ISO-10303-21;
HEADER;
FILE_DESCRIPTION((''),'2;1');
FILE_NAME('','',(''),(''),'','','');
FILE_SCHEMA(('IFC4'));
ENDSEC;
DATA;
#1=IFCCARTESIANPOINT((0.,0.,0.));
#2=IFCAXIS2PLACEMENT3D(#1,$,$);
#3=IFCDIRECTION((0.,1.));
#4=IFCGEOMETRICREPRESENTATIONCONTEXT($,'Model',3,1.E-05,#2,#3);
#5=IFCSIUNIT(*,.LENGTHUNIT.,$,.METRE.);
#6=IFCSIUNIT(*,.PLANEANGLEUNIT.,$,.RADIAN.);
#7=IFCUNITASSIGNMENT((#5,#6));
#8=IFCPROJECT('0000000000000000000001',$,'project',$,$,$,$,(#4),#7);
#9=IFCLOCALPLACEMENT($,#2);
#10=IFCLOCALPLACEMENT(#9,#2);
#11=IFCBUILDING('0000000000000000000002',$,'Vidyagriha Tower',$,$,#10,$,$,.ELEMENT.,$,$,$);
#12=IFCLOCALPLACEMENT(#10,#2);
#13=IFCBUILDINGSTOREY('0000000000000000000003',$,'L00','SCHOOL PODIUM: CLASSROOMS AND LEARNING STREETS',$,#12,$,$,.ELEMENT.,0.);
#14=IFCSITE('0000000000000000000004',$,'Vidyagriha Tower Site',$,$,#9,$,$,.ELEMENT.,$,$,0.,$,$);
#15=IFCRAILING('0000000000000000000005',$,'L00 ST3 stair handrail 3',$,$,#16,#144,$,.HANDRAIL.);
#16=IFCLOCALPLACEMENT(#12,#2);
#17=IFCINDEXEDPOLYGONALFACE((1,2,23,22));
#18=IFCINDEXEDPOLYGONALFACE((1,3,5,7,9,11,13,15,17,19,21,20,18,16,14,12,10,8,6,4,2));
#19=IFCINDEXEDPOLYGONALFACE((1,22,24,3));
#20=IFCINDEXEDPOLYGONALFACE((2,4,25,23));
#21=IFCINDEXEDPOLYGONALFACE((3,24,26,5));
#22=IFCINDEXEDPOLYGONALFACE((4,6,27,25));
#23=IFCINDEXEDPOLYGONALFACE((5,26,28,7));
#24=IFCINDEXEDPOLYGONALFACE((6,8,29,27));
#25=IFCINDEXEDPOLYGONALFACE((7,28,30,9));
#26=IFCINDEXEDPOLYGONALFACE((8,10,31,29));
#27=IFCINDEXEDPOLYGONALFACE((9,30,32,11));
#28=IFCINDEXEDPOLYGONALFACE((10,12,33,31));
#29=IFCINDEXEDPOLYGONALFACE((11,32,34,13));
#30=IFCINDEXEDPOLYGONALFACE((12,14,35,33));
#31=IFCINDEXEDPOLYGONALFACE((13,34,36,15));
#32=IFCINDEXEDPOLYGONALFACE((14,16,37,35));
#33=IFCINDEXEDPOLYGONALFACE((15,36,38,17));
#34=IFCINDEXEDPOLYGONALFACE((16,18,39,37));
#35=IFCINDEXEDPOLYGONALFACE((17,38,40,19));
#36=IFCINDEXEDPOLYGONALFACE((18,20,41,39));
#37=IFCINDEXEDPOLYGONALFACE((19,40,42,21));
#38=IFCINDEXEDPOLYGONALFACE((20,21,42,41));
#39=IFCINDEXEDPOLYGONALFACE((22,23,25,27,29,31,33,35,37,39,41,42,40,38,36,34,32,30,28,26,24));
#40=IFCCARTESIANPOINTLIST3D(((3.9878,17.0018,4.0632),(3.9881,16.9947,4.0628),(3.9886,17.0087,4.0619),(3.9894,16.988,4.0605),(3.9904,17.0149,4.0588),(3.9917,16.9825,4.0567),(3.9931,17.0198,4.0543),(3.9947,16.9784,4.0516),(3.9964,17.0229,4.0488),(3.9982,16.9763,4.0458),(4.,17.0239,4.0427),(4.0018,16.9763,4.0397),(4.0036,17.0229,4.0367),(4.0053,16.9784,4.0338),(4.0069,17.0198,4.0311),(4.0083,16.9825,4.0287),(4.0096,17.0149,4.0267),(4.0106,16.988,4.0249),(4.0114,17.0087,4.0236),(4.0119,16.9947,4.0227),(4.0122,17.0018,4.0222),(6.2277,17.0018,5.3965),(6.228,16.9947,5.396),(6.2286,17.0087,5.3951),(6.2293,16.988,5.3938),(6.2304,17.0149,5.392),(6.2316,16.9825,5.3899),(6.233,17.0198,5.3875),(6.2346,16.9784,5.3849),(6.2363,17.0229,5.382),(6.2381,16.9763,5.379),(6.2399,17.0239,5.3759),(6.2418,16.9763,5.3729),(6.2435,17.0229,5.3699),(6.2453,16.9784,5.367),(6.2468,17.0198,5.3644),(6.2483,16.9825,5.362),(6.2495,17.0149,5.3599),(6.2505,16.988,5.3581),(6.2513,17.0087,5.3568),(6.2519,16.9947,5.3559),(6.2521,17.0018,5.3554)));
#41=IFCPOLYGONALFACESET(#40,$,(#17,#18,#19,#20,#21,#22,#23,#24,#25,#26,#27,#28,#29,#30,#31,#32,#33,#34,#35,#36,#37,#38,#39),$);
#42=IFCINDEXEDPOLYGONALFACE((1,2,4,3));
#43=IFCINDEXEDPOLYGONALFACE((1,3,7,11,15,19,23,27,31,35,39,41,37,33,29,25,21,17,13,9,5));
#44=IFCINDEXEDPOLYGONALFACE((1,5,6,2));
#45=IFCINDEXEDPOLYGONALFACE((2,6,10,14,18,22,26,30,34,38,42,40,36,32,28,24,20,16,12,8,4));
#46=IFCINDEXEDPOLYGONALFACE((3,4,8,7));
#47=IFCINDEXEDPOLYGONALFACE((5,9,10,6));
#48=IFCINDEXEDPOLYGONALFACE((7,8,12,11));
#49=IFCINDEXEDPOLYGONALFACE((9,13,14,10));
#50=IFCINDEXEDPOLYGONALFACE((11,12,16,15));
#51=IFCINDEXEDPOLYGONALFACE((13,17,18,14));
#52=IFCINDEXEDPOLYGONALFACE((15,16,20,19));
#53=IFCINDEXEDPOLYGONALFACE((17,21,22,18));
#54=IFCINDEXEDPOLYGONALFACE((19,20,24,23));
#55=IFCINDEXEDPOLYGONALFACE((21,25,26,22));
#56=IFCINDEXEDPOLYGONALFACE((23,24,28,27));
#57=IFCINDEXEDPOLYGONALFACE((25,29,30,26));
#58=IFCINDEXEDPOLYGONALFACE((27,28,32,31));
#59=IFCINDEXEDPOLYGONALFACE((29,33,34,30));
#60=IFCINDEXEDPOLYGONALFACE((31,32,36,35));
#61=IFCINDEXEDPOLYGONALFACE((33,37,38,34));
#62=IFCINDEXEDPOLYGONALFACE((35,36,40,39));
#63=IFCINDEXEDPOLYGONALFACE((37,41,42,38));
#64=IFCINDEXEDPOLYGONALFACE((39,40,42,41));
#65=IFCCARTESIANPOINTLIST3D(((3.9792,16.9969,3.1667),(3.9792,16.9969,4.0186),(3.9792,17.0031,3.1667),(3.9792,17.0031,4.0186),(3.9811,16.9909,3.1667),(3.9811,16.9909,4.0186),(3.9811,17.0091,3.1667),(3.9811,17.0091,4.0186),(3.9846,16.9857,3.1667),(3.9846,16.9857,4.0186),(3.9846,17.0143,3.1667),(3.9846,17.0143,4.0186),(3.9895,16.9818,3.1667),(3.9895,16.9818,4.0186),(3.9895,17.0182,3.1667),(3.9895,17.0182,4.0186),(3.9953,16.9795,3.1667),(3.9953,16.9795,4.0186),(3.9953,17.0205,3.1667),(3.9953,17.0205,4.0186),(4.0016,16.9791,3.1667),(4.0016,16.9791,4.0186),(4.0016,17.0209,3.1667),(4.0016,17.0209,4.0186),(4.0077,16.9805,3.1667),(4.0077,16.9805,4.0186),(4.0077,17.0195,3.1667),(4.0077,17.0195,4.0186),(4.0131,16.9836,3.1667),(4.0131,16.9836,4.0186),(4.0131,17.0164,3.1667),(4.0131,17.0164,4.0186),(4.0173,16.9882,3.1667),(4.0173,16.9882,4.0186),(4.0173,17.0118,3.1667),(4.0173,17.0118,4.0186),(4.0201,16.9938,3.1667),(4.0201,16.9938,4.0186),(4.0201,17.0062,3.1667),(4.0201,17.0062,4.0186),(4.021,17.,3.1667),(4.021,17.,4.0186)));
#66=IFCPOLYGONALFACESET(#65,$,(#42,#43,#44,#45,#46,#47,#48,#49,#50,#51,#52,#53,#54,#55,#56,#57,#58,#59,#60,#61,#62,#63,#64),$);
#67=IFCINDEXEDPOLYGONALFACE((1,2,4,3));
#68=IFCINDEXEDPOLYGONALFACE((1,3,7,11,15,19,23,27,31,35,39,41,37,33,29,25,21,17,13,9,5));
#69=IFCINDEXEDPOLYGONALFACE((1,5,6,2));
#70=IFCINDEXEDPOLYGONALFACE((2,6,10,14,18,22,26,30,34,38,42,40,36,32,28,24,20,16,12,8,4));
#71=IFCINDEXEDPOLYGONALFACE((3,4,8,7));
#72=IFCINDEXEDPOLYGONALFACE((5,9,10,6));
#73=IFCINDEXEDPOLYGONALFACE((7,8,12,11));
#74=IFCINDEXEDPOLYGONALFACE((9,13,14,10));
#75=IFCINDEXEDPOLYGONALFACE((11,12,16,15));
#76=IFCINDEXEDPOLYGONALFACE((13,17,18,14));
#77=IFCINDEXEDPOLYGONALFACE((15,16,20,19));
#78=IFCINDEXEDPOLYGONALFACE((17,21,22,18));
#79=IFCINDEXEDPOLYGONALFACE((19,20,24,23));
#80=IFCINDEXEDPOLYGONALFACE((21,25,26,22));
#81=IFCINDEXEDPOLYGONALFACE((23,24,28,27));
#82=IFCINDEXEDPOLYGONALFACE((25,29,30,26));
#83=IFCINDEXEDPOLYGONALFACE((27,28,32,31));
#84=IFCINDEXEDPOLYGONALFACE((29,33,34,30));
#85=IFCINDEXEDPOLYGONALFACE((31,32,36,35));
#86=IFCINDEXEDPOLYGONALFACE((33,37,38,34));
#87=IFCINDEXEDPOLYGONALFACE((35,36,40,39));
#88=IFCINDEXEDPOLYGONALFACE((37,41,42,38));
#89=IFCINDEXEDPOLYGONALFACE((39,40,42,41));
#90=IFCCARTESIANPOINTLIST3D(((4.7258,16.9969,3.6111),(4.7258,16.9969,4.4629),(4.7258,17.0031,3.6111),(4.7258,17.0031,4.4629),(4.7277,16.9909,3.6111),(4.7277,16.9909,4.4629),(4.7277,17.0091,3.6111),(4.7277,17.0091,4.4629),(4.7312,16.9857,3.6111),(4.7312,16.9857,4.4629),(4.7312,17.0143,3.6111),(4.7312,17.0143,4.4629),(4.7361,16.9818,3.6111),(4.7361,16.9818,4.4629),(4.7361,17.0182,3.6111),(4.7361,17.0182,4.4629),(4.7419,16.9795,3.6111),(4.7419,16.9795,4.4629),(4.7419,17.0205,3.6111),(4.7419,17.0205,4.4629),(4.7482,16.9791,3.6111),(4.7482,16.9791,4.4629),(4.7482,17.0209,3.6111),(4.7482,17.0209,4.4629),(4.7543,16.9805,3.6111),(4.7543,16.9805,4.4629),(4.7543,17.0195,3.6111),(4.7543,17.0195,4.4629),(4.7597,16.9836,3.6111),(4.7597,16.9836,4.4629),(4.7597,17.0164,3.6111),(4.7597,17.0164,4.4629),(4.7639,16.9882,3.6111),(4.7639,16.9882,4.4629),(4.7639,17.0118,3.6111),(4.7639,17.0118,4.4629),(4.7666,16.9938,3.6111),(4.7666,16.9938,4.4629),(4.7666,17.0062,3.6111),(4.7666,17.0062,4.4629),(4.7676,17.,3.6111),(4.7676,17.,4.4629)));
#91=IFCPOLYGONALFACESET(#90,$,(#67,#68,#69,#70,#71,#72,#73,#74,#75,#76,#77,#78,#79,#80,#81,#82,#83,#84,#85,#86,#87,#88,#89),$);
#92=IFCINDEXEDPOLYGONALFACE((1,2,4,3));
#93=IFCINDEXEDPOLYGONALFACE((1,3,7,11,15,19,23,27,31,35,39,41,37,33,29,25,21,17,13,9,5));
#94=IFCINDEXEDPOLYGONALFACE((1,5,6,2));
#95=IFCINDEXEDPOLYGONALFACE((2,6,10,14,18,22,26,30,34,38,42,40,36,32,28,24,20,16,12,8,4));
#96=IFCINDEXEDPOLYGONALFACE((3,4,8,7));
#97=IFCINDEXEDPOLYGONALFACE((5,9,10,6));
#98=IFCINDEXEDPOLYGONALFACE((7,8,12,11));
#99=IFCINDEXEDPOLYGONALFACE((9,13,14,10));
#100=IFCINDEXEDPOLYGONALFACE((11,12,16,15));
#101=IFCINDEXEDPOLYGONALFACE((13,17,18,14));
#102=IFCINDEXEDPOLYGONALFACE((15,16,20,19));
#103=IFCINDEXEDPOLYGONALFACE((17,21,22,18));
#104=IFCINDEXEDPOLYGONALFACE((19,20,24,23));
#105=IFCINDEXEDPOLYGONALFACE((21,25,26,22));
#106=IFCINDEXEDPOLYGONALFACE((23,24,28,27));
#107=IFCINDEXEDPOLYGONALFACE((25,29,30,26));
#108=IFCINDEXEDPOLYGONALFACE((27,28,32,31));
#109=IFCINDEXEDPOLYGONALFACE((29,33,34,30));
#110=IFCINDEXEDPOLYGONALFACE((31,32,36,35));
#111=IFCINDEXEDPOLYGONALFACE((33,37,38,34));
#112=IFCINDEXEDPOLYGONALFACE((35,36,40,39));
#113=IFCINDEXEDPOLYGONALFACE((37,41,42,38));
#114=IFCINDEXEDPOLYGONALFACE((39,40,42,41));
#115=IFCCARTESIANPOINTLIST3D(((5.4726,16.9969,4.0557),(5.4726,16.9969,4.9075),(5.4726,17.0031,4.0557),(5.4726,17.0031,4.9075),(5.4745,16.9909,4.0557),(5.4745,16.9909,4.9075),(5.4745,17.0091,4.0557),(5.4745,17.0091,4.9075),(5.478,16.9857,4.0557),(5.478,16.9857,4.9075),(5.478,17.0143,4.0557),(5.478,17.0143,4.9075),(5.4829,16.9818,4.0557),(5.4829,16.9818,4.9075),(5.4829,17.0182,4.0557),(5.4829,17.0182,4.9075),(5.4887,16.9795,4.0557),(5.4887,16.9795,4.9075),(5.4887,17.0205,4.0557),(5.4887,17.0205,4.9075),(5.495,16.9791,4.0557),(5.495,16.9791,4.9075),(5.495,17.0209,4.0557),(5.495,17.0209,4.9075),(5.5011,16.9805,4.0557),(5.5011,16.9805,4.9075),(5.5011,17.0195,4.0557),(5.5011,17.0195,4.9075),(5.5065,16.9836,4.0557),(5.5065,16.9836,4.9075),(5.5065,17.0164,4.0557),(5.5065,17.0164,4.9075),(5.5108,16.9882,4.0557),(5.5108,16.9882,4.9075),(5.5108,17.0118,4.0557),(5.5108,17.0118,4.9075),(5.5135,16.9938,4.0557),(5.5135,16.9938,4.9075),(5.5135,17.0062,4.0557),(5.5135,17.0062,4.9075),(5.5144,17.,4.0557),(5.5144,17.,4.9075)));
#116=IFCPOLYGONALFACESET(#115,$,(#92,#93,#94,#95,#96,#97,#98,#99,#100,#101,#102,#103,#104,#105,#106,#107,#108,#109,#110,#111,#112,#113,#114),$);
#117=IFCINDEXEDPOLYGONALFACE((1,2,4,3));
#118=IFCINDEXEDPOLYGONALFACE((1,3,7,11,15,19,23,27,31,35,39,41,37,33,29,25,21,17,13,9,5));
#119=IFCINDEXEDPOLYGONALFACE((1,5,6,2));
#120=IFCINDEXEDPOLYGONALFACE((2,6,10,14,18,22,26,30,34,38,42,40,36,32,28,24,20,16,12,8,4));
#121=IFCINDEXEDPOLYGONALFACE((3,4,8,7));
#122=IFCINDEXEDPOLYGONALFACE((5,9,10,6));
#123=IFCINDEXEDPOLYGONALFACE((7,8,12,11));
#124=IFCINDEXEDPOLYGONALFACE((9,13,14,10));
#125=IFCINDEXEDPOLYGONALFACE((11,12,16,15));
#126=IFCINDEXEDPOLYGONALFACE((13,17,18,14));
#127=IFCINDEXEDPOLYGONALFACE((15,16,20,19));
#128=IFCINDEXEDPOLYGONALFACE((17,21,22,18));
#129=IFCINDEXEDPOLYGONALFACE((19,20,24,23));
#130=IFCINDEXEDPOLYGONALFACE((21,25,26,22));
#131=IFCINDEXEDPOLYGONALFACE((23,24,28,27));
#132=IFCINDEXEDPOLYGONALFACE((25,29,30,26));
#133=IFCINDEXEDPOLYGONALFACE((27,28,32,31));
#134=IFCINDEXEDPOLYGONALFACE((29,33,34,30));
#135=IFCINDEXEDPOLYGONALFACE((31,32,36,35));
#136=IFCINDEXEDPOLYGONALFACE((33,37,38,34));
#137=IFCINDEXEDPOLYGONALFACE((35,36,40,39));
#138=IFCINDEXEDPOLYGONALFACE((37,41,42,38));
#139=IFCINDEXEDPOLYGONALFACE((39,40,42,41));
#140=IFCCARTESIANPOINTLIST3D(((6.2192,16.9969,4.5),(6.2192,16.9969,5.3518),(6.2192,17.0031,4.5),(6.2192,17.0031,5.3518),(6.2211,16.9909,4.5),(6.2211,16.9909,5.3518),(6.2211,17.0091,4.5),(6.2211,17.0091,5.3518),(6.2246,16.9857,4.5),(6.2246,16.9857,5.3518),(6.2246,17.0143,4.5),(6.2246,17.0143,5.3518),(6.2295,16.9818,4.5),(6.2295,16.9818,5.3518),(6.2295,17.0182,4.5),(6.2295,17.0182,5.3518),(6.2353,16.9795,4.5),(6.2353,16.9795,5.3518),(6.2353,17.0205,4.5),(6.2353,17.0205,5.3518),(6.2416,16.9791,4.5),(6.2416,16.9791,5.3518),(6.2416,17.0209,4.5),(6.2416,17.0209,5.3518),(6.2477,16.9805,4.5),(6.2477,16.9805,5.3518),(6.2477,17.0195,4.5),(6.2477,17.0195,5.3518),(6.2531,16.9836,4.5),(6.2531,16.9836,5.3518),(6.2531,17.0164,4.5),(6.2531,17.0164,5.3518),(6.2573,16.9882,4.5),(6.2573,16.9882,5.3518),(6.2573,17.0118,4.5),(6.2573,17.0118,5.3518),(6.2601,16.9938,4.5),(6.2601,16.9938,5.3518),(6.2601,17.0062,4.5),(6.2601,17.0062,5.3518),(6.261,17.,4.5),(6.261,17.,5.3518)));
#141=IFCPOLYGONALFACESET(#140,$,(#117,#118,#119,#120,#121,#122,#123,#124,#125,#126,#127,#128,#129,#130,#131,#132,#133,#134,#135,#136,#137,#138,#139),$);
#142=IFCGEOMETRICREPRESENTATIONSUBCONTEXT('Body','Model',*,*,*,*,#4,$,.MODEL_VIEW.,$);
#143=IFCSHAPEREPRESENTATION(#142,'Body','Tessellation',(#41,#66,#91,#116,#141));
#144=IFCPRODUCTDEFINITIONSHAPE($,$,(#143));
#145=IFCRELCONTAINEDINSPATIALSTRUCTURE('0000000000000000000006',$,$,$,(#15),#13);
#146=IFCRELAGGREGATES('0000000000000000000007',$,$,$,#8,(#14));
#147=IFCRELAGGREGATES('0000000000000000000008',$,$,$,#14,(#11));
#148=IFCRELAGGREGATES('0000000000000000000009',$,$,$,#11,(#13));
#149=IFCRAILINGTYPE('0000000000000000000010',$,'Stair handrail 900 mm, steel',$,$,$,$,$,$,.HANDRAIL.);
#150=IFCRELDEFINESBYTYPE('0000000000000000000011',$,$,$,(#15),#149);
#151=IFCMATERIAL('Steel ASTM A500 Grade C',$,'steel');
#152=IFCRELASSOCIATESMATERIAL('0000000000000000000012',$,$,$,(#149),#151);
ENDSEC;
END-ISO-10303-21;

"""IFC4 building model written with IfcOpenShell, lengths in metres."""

from ifc_helpers import new_model, si_unit, direction, frame, origin, origin_2d, place, context, subcontext, project, spatial, circle, extrude, material, type_object, element, save


model = new_model("IFC4")

# Units and contexts
model_context = context("Model", 3, precision=1e-05, world=origin(), true_north=direction((0.0, 1.0)))
body_context = subcontext(model_context, "Body", "Model", "MODEL_VIEW")
ifc_project = project(units=[si_unit("LENGTHUNIT", "METRE"), si_unit("PLANEANGLEUNIT", "RADIAN")], contexts=[model_context])

# Site, building, storey
site_placement = place(None, origin())
site = spatial("IfcSite", under=ifc_project, at=site_placement, Name="Vidyagriha Tower Site", CompositionType="ELEMENT", RefElevation=0.0)
building_placement = place(site_placement, origin())
building = spatial("IfcBuilding", under=site, at=building_placement, Name="Vidyagriha Tower", CompositionType="ELEMENT")
storey_placement = place(building_placement, origin())
storey = spatial("IfcBuildingStorey", under=building, at=storey_placement, Name="L00", Description="SCHOOL PODIUM: CLASSROOMS AND LEARNING STREETS", CompositionType="ELEMENT", Elevation=0.0)

# Railing
ifc_material_1 = material(Name="Steel ASTM A500 Grade C", Category="steel")
railing_type_1 = type_object("IfcRailingType", Name="Stair handrail 900 mm, steel", PredefinedType="HANDRAIL", material=ifc_material_1)
for number, where, name in (
    (1, (4.0, 17.0, 3.1667), "L00 ST3 stair handrail 3"),
):
    element("IfcRailing", number, at=place(storey_placement, frame(where)), inside=storey, type_object=railing_type_1, Name=name, PredefinedType="HANDRAIL", context=body_context, shape_type="SweptSolid", body=[
        extrude(circle(Radius=0.0239, at=origin_2d()), frame((0.0, 0.0, 0.876), z_axis=(0.859306, 0.0, 0.511462), x_axis=(0.0, 1.0, 0.0)), (0.0, 0.0, 1.0), 2.6067),
        extrude(circle(Radius=0.021, at=origin_2d()), origin(), (0.0, 0.0, 1.0), 0.8518),
        extrude(circle(Radius=0.021, at=origin_2d()), frame((0.7466, 0.0, 0.4443)), (0.0, 0.0, 1.0), 0.8518),
        extrude(circle(Radius=0.021, at=origin_2d()), frame((1.4934, 0.0, 0.8889)), (0.0, 0.0, 1.0), 0.8518),
        extrude(circle(Radius=0.021, at=origin_2d()), frame((2.24, 0.0, 1.3333)), (0.0, 0.0, 1.0), 0.8518),
    ])

save(model, "model.ifc")
